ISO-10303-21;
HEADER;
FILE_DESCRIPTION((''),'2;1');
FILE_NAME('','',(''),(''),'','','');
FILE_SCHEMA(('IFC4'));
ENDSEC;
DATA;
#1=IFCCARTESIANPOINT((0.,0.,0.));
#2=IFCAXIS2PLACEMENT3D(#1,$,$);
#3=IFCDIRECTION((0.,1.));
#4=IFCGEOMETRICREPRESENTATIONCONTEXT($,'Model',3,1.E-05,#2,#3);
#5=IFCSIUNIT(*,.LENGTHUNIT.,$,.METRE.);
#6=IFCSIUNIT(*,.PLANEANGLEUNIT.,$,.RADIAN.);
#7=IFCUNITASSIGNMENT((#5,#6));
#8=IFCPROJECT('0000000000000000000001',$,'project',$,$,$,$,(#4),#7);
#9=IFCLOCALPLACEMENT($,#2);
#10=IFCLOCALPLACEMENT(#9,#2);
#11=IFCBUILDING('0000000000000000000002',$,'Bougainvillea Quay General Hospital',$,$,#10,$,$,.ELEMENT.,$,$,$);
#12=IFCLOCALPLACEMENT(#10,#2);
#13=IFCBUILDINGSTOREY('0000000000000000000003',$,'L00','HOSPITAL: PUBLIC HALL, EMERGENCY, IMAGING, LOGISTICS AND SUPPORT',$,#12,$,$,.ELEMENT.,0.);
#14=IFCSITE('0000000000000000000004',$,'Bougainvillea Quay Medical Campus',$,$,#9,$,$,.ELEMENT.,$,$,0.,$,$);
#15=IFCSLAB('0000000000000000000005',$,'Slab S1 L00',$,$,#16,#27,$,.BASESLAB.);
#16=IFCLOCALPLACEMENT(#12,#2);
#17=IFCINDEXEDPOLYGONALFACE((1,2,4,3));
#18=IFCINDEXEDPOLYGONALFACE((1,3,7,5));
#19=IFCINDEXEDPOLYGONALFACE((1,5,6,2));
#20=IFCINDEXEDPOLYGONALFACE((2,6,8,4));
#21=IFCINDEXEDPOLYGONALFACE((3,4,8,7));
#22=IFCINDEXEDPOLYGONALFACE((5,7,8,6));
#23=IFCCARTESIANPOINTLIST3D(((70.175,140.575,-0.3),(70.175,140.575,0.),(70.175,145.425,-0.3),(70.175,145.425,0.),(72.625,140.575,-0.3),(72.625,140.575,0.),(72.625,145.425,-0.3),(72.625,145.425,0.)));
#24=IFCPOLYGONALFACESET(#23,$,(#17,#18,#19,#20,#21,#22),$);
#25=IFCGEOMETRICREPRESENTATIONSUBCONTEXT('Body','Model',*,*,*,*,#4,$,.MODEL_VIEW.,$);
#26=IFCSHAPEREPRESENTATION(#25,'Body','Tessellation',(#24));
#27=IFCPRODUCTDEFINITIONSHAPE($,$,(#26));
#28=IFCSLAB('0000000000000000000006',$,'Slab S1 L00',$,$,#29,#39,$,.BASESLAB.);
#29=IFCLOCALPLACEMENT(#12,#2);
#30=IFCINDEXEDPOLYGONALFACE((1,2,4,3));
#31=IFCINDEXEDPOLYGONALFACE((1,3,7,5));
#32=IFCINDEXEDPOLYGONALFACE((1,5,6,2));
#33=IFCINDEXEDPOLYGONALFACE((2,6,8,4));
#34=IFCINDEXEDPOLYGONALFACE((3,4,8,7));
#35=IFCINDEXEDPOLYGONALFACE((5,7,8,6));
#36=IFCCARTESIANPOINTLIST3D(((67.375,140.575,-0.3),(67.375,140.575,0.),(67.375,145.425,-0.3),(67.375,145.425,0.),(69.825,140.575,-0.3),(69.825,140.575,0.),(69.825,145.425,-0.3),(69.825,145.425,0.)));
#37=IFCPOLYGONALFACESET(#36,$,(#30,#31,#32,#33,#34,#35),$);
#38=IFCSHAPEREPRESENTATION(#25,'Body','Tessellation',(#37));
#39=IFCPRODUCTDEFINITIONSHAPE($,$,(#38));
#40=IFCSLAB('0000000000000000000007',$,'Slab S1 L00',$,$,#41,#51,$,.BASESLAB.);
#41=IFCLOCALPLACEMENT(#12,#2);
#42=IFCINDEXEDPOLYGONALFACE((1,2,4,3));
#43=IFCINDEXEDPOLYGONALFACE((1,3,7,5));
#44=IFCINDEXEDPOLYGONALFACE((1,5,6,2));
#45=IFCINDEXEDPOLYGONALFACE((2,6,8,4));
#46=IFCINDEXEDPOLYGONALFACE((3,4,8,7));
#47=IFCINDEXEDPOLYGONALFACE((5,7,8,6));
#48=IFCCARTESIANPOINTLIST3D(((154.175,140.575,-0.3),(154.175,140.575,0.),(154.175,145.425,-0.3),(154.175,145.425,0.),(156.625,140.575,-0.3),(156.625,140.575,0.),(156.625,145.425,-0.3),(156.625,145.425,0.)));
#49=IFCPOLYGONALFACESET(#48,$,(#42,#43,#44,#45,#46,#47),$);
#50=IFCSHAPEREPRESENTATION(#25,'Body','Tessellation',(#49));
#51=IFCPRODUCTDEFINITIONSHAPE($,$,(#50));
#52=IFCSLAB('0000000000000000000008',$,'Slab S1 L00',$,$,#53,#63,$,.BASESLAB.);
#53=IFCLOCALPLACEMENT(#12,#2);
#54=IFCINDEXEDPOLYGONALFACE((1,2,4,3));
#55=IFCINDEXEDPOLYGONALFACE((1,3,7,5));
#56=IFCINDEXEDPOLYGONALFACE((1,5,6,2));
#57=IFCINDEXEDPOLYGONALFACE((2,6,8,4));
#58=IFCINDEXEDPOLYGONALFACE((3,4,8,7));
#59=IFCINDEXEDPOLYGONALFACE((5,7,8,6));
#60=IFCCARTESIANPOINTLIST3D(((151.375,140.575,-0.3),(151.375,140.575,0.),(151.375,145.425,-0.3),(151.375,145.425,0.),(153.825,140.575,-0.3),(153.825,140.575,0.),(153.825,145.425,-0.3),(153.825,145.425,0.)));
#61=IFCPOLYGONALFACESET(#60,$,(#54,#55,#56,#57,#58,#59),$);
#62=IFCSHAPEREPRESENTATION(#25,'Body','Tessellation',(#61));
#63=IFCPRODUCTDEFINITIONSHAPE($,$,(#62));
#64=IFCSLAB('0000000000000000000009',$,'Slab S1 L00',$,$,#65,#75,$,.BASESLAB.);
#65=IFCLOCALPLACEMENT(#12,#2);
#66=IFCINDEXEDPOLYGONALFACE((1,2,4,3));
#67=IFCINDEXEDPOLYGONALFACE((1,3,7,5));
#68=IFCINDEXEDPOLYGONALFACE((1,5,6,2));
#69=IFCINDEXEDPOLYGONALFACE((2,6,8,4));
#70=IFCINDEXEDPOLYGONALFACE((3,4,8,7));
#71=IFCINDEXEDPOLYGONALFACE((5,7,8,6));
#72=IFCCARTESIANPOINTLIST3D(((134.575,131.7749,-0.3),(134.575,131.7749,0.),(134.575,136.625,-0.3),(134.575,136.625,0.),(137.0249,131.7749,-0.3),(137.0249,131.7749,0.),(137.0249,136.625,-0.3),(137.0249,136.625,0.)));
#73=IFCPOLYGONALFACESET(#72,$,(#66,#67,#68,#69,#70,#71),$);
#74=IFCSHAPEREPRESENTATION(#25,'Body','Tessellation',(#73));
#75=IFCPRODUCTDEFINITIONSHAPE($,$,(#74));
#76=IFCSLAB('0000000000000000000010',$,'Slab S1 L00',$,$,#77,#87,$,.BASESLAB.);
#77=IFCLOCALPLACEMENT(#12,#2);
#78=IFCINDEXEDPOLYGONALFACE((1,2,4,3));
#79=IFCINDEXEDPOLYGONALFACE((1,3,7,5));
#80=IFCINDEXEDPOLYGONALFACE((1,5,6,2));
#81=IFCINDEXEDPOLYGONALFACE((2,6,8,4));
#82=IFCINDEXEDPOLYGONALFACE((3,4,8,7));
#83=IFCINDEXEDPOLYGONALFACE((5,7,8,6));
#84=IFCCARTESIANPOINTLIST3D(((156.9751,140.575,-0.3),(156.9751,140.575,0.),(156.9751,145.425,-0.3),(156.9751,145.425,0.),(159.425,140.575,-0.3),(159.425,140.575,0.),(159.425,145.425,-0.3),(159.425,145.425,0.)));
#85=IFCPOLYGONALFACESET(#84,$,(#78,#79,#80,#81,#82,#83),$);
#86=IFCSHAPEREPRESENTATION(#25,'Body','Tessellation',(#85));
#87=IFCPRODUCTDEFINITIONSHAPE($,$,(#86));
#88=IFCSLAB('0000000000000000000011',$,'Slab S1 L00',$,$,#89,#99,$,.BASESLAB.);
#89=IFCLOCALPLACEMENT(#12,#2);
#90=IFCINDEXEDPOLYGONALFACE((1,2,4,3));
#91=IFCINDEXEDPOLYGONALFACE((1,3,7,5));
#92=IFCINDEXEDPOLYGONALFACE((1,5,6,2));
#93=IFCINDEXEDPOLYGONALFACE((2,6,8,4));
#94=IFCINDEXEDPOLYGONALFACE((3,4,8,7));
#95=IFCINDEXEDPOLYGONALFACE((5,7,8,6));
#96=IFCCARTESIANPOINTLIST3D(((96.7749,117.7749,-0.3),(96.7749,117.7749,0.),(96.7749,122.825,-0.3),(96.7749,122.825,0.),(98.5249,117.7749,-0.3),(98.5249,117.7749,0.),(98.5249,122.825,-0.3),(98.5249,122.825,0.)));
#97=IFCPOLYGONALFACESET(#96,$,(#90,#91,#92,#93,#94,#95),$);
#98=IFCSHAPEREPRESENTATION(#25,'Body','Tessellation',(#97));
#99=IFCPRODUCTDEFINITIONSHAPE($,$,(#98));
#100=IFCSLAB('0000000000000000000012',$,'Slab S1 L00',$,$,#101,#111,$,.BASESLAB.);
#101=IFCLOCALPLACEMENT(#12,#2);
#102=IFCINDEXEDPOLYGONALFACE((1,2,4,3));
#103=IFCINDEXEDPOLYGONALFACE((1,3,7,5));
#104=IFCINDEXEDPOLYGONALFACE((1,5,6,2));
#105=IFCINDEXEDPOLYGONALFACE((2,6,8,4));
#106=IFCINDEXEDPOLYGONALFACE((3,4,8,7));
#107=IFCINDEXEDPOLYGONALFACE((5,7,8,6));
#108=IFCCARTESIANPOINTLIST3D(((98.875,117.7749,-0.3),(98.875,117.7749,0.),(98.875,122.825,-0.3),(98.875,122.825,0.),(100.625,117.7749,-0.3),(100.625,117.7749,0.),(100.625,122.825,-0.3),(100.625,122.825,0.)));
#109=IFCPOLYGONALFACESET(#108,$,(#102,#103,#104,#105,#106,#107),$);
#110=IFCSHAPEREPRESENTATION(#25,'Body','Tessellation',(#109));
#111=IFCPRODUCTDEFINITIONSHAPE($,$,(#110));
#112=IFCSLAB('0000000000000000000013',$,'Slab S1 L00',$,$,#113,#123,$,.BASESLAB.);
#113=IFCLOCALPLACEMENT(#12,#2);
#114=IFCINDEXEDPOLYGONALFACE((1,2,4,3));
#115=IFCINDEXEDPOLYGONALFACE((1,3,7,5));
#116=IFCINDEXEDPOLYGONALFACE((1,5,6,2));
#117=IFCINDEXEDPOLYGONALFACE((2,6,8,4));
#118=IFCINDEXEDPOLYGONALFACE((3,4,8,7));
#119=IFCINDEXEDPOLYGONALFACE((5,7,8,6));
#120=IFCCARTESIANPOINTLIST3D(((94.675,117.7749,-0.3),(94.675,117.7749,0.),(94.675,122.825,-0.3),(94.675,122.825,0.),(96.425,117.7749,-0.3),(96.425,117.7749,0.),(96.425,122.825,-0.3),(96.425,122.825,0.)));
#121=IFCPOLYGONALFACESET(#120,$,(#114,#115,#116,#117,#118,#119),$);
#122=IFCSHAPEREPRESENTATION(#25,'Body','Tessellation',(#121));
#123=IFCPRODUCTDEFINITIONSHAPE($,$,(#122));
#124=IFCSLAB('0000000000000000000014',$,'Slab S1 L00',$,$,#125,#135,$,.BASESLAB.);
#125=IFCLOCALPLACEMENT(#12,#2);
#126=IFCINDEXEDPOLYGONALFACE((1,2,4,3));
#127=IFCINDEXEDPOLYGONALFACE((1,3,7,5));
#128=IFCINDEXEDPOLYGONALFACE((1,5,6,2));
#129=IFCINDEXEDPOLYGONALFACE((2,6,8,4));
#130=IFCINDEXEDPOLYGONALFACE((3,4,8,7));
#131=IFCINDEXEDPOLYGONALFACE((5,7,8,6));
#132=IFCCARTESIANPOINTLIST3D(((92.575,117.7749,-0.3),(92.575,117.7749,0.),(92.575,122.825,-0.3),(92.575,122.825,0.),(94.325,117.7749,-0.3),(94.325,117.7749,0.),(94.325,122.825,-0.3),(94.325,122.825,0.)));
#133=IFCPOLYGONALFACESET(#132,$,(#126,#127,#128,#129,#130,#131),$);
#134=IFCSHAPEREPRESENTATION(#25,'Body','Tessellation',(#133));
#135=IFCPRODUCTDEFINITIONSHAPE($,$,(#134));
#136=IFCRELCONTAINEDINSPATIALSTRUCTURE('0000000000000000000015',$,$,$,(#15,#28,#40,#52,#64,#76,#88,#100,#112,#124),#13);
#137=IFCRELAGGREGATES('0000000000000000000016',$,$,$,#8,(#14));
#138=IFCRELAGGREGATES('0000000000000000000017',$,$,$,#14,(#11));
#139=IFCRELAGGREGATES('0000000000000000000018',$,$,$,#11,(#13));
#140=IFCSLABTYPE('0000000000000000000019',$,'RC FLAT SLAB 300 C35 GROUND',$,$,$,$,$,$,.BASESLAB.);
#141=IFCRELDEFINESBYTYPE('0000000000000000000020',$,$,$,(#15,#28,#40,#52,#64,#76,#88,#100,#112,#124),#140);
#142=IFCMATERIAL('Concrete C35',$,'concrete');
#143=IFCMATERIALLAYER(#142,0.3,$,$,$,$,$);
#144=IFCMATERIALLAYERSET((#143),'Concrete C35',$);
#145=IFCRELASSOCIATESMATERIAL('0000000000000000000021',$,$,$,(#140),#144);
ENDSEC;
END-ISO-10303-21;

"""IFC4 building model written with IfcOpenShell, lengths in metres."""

from ifc_helpers import new_model, si_unit, direction, frame, origin, place, context, subcontext, project, spatial, polyline, outline, extrude, material, layer, layer_set, type_object, element, save


model = new_model("IFC4")

# Units and contexts
model_context = context("Model", 3, precision=1e-05, world=origin(), true_north=direction((0.0, 1.0)))
body_context = subcontext(model_context, "Body", "Model", "MODEL_VIEW")
ifc_project = project(units=[si_unit("LENGTHUNIT", "METRE"), si_unit("PLANEANGLEUNIT", "RADIAN")], contexts=[model_context])

# Site, building, storey
site_placement = place(None, origin())
site = spatial("IfcSite", under=ifc_project, at=site_placement, Name="Bougainvillea Quay Medical Campus", CompositionType="ELEMENT", RefElevation=0.0)
building_placement = place(site_placement, origin())
building = spatial("IfcBuilding", under=site, at=building_placement, Name="Bougainvillea Quay General Hospital", CompositionType="ELEMENT")
storey_placement = place(building_placement, origin())
storey = spatial("IfcBuildingStorey", under=building, at=storey_placement, Name="L00", Description="HOSPITAL: PUBLIC HALL, EMERGENCY, IMAGING, LOGISTICS AND SUPPORT", CompositionType="ELEMENT", Elevation=0.0)

# Slabs
ifc_material_1 = material(Name="Concrete C35", Category="concrete")
ifc_layer_1 = layer(ifc_material_1, 0.3)
ifc_layer_set_1 = layer_set([ifc_layer_1], Name="Concrete C35")
slab_type_1 = type_object("IfcSlabType", Name="RC FLAT SLAB 300 C35 GROUND", PredefinedType="BASESLAB", material=ifc_layer_set_1)
slab_1_placement = place(storey_placement, frame((0.0, 0.0, -0.3)))
element("IfcSlab", 1, at=slab_1_placement, inside=storey, type_object=slab_type_1, Name="Slab S1 L00", PredefinedType="BASESLAB", context=body_context, shape_type="SweptSolid", body=[
    extrude(outline(polyline([(70.175, 145.425), (70.175, 140.575), (72.625, 140.575), (72.625, 145.425), (70.175, 145.425)])), origin(), (0.0, 0.0, 1.0), 0.3),
])
slab_2_placement = place(storey_placement, frame((0.0, 0.0, -0.3)))
element("IfcSlab", 2, at=slab_2_placement, inside=storey, type_object=slab_type_1, Name="Slab S1 L00", PredefinedType="BASESLAB", context=body_context, shape_type="SweptSolid", body=[
    extrude(outline(polyline([(69.825, 145.425), (67.375, 145.425), (67.375, 140.575), (69.825, 140.575), (69.825, 145.425)])), origin(), (0.0, 0.0, 1.0), 0.3),
])
slab_3_placement = place(storey_placement, frame((0.0, 0.0, -0.3)))
element("IfcSlab", 3, at=slab_3_placement, inside=storey, type_object=slab_type_1, Name="Slab S1 L00", PredefinedType="BASESLAB", context=body_context, shape_type="SweptSolid", body=[
    extrude(outline(polyline([(154.175, 145.425), (154.175, 140.575), (156.625, 140.575), (156.625, 145.425), (154.175, 145.425)])), origin(), (0.0, 0.0, 1.0), 0.3),
])
slab_4_placement = place(storey_placement, frame((0.0, 0.0, -0.3)))
element("IfcSlab", 4, at=slab_4_placement, inside=storey, type_object=slab_type_1, Name="Slab S1 L00", PredefinedType="BASESLAB", context=body_context, shape_type="SweptSolid", body=[
    extrude(outline(polyline([(151.375, 145.425), (151.375, 140.575), (153.825, 140.575), (153.825, 145.425), (151.375, 145.425)])), origin(), (0.0, 0.0, 1.0), 0.3),
])
slab_5_placement = place(storey_placement, frame((0.0, 0.0, -0.3)))
element("IfcSlab", 5, at=slab_5_placement, inside=storey, type_object=slab_type_1, Name="Slab S1 L00", PredefinedType="BASESLAB", context=body_context, shape_type="SweptSolid", body=[
    extrude(outline(polyline([(137.0249, 136.625), (134.575, 136.625), (134.575, 131.7749), (137.0249, 131.7749), (137.0249, 136.625)])), origin(), (0.0, 0.0, 1.0), 0.3),
])
slab_6_placement = place(storey_placement, frame((0.0, 0.0, -0.3)))
element("IfcSlab", 6, at=slab_6_placement, inside=storey, type_object=slab_type_1, Name="Slab S1 L00", PredefinedType="BASESLAB", context=body_context, shape_type="SweptSolid", body=[
    extrude(outline(polyline([(156.9751, 145.425), (156.9751, 140.575), (159.425, 140.575), (159.425, 145.425), (156.9751, 145.425)])), origin(), (0.0, 0.0, 1.0), 0.3),
])
slab_7_placement = place(storey_placement, frame((0.0, 0.0, -0.3)))
element("IfcSlab", 7, at=slab_7_placement, inside=storey, type_object=slab_type_1, Name="Slab S1 L00", PredefinedType="BASESLAB", context=body_context, shape_type="SweptSolid", body=[
    extrude(outline(polyline([(98.5249, 122.825), (96.7749, 122.825), (96.7749, 117.7749), (98.5249, 117.7749), (98.5249, 122.825)])), origin(), (0.0, 0.0, 1.0), 0.3),
])
slab_8_placement = place(storey_placement, frame((0.0, 0.0, -0.3)))
element("IfcSlab", 8, at=slab_8_placement, inside=storey, type_object=slab_type_1, Name="Slab S1 L00", PredefinedType="BASESLAB", context=body_context, shape_type="SweptSolid", body=[
    extrude(outline(polyline([(100.625, 122.825), (98.875, 122.825), (98.875, 117.7749), (100.625, 117.7749), (100.625, 122.825)])), origin(), (0.0, 0.0, 1.0), 0.3),
])
slab_9_placement = place(storey_placement, frame((0.0, 0.0, -0.3)))
element("IfcSlab", 9, at=slab_9_placement, inside=storey, type_object=slab_type_1, Name="Slab S1 L00", PredefinedType="BASESLAB", context=body_context, shape_type="SweptSolid", body=[
    extrude(outline(polyline([(96.425, 117.7749), (96.425, 122.825), (94.675, 122.825), (94.675, 117.7749), (96.425, 117.7749)])), origin(), (0.0, 0.0, 1.0), 0.3),
])
slab_10_placement = place(storey_placement, frame((0.0, 0.0, -0.3)))
element("IfcSlab", 10, at=slab_10_placement, inside=storey, type_object=slab_type_1, Name="Slab S1 L00", PredefinedType="BASESLAB", context=body_context, shape_type="SweptSolid", body=[
    extrude(outline(polyline([(92.575, 122.825), (92.575, 117.7749), (94.325, 117.7749), (94.325, 122.825), (92.575, 122.825)])), origin(), (0.0, 0.0, 1.0), 0.3),
])

save(model, "model.ifc")
